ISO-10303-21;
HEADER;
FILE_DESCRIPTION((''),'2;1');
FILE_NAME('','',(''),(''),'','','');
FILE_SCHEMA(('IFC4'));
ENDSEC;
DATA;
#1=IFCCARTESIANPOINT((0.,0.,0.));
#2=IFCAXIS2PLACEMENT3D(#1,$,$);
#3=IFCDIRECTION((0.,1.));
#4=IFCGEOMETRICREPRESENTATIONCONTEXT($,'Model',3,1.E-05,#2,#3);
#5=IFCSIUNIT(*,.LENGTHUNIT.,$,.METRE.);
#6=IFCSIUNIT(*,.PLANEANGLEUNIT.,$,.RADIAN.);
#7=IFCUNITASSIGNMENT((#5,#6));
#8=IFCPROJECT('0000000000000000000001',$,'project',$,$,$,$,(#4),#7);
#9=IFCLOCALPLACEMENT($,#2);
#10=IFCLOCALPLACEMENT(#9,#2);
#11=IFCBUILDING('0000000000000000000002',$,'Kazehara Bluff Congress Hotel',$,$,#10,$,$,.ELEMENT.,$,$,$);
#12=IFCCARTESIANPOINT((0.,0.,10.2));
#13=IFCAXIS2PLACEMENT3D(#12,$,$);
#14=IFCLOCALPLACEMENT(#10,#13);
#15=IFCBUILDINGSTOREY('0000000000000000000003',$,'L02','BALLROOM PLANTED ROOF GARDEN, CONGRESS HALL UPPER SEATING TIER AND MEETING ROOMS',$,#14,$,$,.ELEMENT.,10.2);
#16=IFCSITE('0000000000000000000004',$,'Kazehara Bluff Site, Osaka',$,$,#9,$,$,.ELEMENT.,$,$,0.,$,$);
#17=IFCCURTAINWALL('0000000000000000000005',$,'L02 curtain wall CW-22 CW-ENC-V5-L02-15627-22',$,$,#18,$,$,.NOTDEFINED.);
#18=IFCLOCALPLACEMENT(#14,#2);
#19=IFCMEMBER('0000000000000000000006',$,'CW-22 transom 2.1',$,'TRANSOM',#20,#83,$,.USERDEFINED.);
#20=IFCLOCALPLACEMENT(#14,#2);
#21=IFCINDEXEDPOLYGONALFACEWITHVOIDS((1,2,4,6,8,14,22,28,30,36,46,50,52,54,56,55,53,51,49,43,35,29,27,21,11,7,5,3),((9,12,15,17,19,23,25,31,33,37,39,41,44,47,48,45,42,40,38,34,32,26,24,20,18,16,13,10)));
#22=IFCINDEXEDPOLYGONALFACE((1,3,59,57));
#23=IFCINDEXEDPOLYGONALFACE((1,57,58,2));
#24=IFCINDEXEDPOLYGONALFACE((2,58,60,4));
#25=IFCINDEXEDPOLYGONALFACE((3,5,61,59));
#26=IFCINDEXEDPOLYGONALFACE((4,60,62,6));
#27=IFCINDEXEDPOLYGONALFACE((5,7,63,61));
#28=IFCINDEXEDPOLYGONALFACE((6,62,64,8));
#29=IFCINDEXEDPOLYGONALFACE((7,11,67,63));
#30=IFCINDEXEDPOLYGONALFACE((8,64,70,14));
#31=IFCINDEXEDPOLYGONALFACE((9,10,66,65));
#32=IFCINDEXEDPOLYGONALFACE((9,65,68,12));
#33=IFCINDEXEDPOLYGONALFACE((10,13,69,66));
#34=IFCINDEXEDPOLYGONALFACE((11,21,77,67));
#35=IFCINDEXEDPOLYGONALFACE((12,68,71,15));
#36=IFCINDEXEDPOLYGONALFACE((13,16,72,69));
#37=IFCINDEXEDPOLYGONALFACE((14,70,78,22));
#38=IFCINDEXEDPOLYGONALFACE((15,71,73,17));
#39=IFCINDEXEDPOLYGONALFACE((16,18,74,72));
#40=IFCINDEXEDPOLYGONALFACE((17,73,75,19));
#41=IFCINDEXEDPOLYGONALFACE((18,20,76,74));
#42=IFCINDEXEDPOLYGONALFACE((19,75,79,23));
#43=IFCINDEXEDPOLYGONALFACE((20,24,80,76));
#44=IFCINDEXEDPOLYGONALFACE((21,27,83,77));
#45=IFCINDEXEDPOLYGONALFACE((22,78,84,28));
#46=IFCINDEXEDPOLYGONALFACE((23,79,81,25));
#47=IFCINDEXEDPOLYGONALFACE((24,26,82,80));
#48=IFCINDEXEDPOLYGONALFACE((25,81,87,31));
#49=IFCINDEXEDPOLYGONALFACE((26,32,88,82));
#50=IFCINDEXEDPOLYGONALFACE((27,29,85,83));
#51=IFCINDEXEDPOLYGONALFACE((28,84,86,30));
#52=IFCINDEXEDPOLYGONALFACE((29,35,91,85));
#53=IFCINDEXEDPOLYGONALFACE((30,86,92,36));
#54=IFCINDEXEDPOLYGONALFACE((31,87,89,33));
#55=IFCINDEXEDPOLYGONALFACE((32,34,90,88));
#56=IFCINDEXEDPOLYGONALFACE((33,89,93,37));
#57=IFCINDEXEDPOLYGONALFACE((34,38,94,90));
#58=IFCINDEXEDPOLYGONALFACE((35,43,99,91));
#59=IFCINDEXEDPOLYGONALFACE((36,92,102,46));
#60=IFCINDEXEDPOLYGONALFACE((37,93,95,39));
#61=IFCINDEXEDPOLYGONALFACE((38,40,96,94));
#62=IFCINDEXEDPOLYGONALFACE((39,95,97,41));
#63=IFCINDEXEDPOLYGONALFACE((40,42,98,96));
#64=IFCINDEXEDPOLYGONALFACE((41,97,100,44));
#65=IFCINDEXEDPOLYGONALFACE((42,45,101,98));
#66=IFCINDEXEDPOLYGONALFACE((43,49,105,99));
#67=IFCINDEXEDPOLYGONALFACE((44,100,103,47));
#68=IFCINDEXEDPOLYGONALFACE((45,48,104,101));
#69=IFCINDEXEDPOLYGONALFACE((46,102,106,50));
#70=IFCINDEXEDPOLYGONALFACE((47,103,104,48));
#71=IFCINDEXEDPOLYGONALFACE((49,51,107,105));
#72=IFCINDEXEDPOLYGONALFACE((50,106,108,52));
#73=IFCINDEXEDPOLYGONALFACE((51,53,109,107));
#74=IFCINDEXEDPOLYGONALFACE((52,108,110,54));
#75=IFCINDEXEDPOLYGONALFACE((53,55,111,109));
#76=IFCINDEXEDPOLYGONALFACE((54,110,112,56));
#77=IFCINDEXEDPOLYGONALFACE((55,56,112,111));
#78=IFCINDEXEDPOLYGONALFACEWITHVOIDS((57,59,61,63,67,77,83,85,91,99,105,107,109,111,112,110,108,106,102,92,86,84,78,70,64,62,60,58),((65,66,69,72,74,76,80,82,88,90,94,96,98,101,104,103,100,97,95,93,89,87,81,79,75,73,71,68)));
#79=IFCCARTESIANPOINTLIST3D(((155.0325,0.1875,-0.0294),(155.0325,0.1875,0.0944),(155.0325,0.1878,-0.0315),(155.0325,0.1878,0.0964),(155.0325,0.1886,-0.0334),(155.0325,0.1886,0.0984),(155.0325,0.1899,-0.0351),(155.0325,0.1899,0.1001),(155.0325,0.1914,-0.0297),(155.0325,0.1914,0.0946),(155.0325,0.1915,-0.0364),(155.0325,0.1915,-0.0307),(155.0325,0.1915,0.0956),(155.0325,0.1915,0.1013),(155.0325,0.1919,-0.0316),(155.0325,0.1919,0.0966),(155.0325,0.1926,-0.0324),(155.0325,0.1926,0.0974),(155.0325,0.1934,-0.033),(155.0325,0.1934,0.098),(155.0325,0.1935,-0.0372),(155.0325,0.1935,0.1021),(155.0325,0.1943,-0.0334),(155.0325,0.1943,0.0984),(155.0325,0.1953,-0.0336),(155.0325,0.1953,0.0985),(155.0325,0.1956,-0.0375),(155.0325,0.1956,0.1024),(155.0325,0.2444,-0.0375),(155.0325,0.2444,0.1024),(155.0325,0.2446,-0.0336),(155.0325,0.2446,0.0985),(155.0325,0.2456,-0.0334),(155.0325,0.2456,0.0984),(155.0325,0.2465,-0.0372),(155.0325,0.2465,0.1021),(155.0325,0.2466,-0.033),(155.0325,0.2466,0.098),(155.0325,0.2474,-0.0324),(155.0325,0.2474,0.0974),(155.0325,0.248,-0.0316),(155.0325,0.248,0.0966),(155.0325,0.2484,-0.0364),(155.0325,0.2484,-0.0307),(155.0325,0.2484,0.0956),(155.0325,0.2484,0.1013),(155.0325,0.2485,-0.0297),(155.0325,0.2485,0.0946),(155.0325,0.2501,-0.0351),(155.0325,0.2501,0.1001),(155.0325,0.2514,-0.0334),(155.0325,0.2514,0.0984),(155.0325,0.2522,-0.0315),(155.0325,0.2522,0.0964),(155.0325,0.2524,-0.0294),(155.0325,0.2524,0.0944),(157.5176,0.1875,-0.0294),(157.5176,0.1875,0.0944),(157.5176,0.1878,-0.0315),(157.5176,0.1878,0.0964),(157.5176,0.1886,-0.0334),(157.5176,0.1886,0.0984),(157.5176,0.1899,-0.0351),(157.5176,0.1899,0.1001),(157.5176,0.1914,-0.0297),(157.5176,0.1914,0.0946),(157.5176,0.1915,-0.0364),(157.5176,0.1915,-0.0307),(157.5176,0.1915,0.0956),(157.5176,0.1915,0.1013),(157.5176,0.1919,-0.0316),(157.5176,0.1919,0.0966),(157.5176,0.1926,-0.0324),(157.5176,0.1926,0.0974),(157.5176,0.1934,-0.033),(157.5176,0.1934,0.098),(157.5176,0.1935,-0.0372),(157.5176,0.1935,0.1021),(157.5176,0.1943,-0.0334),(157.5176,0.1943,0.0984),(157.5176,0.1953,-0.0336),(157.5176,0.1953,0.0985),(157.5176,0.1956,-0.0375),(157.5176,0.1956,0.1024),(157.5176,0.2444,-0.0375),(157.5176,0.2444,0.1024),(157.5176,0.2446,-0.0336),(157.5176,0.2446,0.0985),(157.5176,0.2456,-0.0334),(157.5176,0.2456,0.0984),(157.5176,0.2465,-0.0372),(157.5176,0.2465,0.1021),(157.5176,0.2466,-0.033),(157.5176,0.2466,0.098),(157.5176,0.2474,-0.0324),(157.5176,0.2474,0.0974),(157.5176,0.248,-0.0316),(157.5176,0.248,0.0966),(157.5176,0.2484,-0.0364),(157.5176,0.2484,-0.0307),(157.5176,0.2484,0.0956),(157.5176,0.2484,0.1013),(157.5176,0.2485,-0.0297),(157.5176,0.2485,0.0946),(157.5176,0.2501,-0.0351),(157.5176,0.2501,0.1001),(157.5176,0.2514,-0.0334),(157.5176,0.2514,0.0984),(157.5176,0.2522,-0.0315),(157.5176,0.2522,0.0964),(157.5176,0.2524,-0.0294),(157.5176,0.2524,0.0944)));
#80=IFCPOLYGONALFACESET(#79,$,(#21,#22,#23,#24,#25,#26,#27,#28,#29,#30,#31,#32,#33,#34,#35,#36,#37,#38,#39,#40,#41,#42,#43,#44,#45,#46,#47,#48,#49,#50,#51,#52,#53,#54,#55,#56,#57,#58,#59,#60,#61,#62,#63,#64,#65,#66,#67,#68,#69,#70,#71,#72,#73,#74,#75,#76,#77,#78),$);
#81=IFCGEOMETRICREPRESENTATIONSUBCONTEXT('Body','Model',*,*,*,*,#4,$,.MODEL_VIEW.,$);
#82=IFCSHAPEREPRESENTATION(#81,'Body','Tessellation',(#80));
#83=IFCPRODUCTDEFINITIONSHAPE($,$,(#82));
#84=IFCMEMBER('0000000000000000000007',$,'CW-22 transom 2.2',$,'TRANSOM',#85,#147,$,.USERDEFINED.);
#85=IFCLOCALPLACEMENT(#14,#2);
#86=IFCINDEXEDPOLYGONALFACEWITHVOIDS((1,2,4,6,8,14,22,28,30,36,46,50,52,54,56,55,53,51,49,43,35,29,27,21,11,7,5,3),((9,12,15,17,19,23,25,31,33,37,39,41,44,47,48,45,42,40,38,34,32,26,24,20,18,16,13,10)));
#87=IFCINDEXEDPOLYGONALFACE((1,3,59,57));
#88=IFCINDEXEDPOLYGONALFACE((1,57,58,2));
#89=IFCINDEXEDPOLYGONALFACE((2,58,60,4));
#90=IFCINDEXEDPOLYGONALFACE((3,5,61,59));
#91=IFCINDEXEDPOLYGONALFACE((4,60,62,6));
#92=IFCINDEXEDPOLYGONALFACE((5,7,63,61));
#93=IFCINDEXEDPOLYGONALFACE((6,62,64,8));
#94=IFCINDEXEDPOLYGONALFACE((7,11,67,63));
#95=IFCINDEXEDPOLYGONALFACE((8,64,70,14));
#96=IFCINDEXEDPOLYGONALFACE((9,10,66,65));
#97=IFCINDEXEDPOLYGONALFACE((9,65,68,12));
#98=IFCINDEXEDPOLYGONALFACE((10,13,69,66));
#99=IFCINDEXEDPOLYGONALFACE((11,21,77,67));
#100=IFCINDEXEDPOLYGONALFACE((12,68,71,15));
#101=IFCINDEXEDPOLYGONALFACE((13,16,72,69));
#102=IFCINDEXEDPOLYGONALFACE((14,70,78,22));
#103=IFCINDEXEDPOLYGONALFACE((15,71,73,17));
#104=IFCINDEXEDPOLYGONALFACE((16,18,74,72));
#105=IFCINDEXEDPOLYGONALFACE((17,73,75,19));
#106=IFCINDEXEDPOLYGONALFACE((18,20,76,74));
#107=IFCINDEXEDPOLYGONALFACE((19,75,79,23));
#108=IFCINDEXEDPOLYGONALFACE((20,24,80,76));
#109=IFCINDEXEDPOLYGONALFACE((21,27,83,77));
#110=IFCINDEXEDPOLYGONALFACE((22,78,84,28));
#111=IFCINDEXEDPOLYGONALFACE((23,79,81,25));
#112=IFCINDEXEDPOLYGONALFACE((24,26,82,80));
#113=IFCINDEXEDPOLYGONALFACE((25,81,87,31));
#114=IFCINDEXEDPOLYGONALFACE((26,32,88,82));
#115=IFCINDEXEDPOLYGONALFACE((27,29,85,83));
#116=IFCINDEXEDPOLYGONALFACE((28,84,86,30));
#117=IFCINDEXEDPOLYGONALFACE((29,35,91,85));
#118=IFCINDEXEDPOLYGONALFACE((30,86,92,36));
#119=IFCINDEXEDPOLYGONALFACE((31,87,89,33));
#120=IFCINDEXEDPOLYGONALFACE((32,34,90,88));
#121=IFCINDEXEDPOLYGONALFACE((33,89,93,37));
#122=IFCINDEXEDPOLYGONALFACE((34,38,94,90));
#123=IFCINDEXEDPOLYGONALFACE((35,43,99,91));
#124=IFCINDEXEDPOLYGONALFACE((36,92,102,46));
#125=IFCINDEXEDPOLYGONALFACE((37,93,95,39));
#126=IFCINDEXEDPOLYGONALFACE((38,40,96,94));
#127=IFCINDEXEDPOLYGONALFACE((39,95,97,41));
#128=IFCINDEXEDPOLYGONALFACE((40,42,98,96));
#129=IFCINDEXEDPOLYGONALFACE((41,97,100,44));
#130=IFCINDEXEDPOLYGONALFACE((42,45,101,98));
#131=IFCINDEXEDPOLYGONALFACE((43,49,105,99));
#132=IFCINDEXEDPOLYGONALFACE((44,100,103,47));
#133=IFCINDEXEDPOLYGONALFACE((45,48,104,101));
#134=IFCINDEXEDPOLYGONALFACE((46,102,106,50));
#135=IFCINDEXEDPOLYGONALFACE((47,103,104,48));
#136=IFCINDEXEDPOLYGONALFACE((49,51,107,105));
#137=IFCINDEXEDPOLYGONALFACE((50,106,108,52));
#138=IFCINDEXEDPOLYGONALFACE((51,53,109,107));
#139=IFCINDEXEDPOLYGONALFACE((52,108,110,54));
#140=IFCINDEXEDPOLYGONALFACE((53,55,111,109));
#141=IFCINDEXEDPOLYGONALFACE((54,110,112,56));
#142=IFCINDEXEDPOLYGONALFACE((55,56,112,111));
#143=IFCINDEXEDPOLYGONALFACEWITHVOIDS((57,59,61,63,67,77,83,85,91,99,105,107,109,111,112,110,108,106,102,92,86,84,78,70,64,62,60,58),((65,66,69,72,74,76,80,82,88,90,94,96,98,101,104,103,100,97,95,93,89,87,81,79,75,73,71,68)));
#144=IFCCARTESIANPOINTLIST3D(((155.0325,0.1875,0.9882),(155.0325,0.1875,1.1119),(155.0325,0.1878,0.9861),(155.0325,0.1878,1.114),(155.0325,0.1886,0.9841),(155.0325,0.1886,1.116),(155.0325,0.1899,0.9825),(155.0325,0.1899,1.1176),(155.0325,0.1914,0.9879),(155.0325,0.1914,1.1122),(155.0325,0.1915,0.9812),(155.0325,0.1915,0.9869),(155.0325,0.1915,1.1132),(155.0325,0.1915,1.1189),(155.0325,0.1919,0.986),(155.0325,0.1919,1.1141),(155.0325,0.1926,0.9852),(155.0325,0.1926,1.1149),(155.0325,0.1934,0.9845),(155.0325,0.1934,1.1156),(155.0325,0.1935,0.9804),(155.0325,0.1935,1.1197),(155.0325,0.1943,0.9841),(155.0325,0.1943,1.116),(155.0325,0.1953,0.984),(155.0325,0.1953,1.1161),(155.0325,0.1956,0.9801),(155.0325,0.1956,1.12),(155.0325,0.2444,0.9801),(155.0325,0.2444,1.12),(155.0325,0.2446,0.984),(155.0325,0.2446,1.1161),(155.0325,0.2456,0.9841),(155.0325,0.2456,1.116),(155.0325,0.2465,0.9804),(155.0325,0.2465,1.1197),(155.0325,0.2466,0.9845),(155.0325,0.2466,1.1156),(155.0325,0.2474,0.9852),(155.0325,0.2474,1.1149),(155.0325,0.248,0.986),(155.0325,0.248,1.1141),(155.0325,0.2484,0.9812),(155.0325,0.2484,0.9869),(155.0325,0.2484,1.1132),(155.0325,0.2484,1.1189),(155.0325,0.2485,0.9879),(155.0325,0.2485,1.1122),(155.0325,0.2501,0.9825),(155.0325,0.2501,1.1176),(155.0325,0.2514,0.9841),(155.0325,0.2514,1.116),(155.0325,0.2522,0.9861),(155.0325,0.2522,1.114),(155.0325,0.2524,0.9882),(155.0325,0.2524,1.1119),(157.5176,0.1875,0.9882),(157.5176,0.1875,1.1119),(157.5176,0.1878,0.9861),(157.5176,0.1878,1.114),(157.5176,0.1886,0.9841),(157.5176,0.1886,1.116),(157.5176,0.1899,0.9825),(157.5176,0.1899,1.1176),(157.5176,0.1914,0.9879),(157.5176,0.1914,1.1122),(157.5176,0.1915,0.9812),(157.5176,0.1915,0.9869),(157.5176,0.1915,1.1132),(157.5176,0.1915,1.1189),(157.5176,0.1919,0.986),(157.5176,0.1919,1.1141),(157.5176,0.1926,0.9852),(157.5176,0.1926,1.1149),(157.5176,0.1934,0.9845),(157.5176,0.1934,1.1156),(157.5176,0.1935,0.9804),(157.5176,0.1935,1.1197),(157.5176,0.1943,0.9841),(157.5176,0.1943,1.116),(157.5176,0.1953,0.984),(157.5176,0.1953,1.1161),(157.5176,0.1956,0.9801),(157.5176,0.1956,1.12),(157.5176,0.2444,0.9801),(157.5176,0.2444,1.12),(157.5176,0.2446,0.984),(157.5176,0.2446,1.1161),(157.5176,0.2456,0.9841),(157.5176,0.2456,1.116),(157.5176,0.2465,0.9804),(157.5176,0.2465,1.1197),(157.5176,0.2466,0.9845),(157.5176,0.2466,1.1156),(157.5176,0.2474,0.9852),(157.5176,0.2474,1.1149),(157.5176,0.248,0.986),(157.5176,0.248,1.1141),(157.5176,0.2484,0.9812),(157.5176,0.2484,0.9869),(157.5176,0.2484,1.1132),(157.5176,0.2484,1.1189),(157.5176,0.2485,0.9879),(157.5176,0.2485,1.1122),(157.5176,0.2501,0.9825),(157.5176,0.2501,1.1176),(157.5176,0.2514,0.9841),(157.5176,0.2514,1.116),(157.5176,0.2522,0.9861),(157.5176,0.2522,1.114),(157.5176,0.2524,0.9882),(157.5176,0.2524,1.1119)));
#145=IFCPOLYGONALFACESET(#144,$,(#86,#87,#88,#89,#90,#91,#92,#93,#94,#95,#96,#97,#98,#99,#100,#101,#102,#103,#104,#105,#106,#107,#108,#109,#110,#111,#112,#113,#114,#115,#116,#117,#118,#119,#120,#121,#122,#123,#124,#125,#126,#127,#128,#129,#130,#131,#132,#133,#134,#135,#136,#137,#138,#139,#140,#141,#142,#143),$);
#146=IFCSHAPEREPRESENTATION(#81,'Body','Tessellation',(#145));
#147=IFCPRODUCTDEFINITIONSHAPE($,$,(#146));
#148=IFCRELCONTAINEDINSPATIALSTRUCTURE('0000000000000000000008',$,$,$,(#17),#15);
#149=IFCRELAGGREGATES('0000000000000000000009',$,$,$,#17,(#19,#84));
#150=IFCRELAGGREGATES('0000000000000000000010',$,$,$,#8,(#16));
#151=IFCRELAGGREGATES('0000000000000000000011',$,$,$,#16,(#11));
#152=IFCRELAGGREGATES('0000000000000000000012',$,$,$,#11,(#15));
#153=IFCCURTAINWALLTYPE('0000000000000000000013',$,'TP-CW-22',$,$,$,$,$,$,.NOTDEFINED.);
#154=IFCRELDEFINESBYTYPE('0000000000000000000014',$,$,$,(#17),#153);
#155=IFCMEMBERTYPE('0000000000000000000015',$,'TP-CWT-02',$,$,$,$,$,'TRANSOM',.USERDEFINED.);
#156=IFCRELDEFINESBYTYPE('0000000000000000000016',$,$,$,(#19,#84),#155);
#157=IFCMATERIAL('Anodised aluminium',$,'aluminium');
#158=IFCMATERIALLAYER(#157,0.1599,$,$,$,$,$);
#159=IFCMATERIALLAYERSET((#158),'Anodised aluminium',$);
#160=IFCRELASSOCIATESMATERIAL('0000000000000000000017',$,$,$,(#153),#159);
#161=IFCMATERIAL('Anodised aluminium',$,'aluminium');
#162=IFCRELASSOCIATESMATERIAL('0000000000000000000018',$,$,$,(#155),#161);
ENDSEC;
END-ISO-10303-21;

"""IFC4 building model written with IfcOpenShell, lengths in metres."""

from ifc_helpers import new_model, si_unit, direction, frame, origin, origin_2d, place, context, subcontext, project, spatial, hollow_rectangle, extrude, material, layer, layer_set, material_profile, profile_set, type_object, element, aggregate, save


model = new_model("IFC4")

# Units and contexts
model_context = context("Model", 3, precision=1e-05, world=origin(), true_north=direction((0.0, 1.0)))
body_context = subcontext(model_context, "Body", "Model", "MODEL_VIEW")
ifc_project = project(units=[si_unit("LENGTHUNIT", "METRE"), si_unit("PLANEANGLEUNIT", "RADIAN")], contexts=[model_context])

# Site, building, storey
site_placement = place(None, origin())
site = spatial("IfcSite", under=ifc_project, at=site_placement, Name="Kazehara Bluff Site, Osaka", CompositionType="ELEMENT", RefElevation=0.0)
building_placement = place(site_placement, origin())
building = spatial("IfcBuilding", under=site, at=building_placement, Name="Kazehara Bluff Congress Hotel", CompositionType="ELEMENT")
storey_placement = place(building_placement, frame((0.0, 0.0, 10.2)))
storey = spatial("IfcBuildingStorey", under=building, at=storey_placement, Name="L02", Description="BALLROOM PLANTED ROOF GARDEN, CONGRESS HALL UPPER SEATING TIER AND MEETING ROOMS", CompositionType="ELEMENT", Elevation=10.2)

# Curtain wall
ifc_material_1 = material(Name="Anodised aluminium", Category="aluminium")
ifc_layer_1 = layer(ifc_material_1, 0.1599)
ifc_layer_set_1 = layer_set([ifc_layer_1], Name="Anodised aluminium")
curtain_wall_type_1 = type_object("IfcCurtainWallType", Name="TP-CW-22", PredefinedType="NOTDEFINED", material=ifc_layer_set_1)
curtain_wall_1_placement = place(storey_placement, origin())
curtain_wall_1 = element("IfcCurtainWall", 1, at=curtain_wall_1_placement, inside=storey, type_object=curtain_wall_type_1, Name="L02 curtain wall CW-22 CW-ENC-V5-L02-15627-22", PredefinedType="NOTDEFINED")

# Members
ifc_material_2 = material(Name="Anodised aluminium", Category="aluminium")
ifc_material_profile_1 = material_profile(ifc_material_2, hollow_rectangle(XDim=0.0649, YDim=0.1399, WallThickness=0.0039, InnerFilletRadius=0.0039, OuterFilletRadius=0.0081, at=origin_2d()))
ifc_profile_set_1 = profile_set([ifc_material_profile_1], Name="Anodised aluminium")
member_type_1 = type_object("IfcMemberType", Name="TP-CWT-02", ElementType="TRANSOM", PredefinedType="USERDEFINED", material=ifc_profile_set_1)
member_1_placement = place(storey_placement, frame((157.5176, 0.22, 0.0325), z_axis=(-1.0, 0.0, 0.0), x_axis=(0.0, -1.0, 0.0)))
member_1 = element("IfcMember", 2, at=member_1_placement, type_object=member_type_1, Name="CW-22 transom 2.1", ObjectType="TRANSOM", PredefinedType="USERDEFINED", context=body_context, shape_type="SweptSolid", body=[
    extrude(hollow_rectangle(XDim=0.0649, YDim=0.1399, WallThickness=0.0039, InnerFilletRadius=0.0039, OuterFilletRadius=0.0081, at=origin_2d()), origin(), (0.0, 0.0, 1.0), 2.4851),
])
member_2_placement = place(storey_placement, frame((157.5176, 0.22, 1.05), z_axis=(-1.0, 0.0, 0.0), x_axis=(0.0, -1.0, 0.0)))
member_2 = element("IfcMember", 3, at=member_2_placement, type_object=member_type_1, Name="CW-22 transom 2.2", ObjectType="TRANSOM", PredefinedType="USERDEFINED", context=body_context, shape_type="SweptSolid", body=[
    extrude(hollow_rectangle(XDim=0.0649, YDim=0.1399, WallThickness=0.0039, InnerFilletRadius=0.0039, OuterFilletRadius=0.0081, at=origin_2d()), origin(), (0.0, 0.0, 1.0), 2.4851),
])

aggregate(curtain_wall_1, [member_1, member_2])

save(model, "model.ifc")
